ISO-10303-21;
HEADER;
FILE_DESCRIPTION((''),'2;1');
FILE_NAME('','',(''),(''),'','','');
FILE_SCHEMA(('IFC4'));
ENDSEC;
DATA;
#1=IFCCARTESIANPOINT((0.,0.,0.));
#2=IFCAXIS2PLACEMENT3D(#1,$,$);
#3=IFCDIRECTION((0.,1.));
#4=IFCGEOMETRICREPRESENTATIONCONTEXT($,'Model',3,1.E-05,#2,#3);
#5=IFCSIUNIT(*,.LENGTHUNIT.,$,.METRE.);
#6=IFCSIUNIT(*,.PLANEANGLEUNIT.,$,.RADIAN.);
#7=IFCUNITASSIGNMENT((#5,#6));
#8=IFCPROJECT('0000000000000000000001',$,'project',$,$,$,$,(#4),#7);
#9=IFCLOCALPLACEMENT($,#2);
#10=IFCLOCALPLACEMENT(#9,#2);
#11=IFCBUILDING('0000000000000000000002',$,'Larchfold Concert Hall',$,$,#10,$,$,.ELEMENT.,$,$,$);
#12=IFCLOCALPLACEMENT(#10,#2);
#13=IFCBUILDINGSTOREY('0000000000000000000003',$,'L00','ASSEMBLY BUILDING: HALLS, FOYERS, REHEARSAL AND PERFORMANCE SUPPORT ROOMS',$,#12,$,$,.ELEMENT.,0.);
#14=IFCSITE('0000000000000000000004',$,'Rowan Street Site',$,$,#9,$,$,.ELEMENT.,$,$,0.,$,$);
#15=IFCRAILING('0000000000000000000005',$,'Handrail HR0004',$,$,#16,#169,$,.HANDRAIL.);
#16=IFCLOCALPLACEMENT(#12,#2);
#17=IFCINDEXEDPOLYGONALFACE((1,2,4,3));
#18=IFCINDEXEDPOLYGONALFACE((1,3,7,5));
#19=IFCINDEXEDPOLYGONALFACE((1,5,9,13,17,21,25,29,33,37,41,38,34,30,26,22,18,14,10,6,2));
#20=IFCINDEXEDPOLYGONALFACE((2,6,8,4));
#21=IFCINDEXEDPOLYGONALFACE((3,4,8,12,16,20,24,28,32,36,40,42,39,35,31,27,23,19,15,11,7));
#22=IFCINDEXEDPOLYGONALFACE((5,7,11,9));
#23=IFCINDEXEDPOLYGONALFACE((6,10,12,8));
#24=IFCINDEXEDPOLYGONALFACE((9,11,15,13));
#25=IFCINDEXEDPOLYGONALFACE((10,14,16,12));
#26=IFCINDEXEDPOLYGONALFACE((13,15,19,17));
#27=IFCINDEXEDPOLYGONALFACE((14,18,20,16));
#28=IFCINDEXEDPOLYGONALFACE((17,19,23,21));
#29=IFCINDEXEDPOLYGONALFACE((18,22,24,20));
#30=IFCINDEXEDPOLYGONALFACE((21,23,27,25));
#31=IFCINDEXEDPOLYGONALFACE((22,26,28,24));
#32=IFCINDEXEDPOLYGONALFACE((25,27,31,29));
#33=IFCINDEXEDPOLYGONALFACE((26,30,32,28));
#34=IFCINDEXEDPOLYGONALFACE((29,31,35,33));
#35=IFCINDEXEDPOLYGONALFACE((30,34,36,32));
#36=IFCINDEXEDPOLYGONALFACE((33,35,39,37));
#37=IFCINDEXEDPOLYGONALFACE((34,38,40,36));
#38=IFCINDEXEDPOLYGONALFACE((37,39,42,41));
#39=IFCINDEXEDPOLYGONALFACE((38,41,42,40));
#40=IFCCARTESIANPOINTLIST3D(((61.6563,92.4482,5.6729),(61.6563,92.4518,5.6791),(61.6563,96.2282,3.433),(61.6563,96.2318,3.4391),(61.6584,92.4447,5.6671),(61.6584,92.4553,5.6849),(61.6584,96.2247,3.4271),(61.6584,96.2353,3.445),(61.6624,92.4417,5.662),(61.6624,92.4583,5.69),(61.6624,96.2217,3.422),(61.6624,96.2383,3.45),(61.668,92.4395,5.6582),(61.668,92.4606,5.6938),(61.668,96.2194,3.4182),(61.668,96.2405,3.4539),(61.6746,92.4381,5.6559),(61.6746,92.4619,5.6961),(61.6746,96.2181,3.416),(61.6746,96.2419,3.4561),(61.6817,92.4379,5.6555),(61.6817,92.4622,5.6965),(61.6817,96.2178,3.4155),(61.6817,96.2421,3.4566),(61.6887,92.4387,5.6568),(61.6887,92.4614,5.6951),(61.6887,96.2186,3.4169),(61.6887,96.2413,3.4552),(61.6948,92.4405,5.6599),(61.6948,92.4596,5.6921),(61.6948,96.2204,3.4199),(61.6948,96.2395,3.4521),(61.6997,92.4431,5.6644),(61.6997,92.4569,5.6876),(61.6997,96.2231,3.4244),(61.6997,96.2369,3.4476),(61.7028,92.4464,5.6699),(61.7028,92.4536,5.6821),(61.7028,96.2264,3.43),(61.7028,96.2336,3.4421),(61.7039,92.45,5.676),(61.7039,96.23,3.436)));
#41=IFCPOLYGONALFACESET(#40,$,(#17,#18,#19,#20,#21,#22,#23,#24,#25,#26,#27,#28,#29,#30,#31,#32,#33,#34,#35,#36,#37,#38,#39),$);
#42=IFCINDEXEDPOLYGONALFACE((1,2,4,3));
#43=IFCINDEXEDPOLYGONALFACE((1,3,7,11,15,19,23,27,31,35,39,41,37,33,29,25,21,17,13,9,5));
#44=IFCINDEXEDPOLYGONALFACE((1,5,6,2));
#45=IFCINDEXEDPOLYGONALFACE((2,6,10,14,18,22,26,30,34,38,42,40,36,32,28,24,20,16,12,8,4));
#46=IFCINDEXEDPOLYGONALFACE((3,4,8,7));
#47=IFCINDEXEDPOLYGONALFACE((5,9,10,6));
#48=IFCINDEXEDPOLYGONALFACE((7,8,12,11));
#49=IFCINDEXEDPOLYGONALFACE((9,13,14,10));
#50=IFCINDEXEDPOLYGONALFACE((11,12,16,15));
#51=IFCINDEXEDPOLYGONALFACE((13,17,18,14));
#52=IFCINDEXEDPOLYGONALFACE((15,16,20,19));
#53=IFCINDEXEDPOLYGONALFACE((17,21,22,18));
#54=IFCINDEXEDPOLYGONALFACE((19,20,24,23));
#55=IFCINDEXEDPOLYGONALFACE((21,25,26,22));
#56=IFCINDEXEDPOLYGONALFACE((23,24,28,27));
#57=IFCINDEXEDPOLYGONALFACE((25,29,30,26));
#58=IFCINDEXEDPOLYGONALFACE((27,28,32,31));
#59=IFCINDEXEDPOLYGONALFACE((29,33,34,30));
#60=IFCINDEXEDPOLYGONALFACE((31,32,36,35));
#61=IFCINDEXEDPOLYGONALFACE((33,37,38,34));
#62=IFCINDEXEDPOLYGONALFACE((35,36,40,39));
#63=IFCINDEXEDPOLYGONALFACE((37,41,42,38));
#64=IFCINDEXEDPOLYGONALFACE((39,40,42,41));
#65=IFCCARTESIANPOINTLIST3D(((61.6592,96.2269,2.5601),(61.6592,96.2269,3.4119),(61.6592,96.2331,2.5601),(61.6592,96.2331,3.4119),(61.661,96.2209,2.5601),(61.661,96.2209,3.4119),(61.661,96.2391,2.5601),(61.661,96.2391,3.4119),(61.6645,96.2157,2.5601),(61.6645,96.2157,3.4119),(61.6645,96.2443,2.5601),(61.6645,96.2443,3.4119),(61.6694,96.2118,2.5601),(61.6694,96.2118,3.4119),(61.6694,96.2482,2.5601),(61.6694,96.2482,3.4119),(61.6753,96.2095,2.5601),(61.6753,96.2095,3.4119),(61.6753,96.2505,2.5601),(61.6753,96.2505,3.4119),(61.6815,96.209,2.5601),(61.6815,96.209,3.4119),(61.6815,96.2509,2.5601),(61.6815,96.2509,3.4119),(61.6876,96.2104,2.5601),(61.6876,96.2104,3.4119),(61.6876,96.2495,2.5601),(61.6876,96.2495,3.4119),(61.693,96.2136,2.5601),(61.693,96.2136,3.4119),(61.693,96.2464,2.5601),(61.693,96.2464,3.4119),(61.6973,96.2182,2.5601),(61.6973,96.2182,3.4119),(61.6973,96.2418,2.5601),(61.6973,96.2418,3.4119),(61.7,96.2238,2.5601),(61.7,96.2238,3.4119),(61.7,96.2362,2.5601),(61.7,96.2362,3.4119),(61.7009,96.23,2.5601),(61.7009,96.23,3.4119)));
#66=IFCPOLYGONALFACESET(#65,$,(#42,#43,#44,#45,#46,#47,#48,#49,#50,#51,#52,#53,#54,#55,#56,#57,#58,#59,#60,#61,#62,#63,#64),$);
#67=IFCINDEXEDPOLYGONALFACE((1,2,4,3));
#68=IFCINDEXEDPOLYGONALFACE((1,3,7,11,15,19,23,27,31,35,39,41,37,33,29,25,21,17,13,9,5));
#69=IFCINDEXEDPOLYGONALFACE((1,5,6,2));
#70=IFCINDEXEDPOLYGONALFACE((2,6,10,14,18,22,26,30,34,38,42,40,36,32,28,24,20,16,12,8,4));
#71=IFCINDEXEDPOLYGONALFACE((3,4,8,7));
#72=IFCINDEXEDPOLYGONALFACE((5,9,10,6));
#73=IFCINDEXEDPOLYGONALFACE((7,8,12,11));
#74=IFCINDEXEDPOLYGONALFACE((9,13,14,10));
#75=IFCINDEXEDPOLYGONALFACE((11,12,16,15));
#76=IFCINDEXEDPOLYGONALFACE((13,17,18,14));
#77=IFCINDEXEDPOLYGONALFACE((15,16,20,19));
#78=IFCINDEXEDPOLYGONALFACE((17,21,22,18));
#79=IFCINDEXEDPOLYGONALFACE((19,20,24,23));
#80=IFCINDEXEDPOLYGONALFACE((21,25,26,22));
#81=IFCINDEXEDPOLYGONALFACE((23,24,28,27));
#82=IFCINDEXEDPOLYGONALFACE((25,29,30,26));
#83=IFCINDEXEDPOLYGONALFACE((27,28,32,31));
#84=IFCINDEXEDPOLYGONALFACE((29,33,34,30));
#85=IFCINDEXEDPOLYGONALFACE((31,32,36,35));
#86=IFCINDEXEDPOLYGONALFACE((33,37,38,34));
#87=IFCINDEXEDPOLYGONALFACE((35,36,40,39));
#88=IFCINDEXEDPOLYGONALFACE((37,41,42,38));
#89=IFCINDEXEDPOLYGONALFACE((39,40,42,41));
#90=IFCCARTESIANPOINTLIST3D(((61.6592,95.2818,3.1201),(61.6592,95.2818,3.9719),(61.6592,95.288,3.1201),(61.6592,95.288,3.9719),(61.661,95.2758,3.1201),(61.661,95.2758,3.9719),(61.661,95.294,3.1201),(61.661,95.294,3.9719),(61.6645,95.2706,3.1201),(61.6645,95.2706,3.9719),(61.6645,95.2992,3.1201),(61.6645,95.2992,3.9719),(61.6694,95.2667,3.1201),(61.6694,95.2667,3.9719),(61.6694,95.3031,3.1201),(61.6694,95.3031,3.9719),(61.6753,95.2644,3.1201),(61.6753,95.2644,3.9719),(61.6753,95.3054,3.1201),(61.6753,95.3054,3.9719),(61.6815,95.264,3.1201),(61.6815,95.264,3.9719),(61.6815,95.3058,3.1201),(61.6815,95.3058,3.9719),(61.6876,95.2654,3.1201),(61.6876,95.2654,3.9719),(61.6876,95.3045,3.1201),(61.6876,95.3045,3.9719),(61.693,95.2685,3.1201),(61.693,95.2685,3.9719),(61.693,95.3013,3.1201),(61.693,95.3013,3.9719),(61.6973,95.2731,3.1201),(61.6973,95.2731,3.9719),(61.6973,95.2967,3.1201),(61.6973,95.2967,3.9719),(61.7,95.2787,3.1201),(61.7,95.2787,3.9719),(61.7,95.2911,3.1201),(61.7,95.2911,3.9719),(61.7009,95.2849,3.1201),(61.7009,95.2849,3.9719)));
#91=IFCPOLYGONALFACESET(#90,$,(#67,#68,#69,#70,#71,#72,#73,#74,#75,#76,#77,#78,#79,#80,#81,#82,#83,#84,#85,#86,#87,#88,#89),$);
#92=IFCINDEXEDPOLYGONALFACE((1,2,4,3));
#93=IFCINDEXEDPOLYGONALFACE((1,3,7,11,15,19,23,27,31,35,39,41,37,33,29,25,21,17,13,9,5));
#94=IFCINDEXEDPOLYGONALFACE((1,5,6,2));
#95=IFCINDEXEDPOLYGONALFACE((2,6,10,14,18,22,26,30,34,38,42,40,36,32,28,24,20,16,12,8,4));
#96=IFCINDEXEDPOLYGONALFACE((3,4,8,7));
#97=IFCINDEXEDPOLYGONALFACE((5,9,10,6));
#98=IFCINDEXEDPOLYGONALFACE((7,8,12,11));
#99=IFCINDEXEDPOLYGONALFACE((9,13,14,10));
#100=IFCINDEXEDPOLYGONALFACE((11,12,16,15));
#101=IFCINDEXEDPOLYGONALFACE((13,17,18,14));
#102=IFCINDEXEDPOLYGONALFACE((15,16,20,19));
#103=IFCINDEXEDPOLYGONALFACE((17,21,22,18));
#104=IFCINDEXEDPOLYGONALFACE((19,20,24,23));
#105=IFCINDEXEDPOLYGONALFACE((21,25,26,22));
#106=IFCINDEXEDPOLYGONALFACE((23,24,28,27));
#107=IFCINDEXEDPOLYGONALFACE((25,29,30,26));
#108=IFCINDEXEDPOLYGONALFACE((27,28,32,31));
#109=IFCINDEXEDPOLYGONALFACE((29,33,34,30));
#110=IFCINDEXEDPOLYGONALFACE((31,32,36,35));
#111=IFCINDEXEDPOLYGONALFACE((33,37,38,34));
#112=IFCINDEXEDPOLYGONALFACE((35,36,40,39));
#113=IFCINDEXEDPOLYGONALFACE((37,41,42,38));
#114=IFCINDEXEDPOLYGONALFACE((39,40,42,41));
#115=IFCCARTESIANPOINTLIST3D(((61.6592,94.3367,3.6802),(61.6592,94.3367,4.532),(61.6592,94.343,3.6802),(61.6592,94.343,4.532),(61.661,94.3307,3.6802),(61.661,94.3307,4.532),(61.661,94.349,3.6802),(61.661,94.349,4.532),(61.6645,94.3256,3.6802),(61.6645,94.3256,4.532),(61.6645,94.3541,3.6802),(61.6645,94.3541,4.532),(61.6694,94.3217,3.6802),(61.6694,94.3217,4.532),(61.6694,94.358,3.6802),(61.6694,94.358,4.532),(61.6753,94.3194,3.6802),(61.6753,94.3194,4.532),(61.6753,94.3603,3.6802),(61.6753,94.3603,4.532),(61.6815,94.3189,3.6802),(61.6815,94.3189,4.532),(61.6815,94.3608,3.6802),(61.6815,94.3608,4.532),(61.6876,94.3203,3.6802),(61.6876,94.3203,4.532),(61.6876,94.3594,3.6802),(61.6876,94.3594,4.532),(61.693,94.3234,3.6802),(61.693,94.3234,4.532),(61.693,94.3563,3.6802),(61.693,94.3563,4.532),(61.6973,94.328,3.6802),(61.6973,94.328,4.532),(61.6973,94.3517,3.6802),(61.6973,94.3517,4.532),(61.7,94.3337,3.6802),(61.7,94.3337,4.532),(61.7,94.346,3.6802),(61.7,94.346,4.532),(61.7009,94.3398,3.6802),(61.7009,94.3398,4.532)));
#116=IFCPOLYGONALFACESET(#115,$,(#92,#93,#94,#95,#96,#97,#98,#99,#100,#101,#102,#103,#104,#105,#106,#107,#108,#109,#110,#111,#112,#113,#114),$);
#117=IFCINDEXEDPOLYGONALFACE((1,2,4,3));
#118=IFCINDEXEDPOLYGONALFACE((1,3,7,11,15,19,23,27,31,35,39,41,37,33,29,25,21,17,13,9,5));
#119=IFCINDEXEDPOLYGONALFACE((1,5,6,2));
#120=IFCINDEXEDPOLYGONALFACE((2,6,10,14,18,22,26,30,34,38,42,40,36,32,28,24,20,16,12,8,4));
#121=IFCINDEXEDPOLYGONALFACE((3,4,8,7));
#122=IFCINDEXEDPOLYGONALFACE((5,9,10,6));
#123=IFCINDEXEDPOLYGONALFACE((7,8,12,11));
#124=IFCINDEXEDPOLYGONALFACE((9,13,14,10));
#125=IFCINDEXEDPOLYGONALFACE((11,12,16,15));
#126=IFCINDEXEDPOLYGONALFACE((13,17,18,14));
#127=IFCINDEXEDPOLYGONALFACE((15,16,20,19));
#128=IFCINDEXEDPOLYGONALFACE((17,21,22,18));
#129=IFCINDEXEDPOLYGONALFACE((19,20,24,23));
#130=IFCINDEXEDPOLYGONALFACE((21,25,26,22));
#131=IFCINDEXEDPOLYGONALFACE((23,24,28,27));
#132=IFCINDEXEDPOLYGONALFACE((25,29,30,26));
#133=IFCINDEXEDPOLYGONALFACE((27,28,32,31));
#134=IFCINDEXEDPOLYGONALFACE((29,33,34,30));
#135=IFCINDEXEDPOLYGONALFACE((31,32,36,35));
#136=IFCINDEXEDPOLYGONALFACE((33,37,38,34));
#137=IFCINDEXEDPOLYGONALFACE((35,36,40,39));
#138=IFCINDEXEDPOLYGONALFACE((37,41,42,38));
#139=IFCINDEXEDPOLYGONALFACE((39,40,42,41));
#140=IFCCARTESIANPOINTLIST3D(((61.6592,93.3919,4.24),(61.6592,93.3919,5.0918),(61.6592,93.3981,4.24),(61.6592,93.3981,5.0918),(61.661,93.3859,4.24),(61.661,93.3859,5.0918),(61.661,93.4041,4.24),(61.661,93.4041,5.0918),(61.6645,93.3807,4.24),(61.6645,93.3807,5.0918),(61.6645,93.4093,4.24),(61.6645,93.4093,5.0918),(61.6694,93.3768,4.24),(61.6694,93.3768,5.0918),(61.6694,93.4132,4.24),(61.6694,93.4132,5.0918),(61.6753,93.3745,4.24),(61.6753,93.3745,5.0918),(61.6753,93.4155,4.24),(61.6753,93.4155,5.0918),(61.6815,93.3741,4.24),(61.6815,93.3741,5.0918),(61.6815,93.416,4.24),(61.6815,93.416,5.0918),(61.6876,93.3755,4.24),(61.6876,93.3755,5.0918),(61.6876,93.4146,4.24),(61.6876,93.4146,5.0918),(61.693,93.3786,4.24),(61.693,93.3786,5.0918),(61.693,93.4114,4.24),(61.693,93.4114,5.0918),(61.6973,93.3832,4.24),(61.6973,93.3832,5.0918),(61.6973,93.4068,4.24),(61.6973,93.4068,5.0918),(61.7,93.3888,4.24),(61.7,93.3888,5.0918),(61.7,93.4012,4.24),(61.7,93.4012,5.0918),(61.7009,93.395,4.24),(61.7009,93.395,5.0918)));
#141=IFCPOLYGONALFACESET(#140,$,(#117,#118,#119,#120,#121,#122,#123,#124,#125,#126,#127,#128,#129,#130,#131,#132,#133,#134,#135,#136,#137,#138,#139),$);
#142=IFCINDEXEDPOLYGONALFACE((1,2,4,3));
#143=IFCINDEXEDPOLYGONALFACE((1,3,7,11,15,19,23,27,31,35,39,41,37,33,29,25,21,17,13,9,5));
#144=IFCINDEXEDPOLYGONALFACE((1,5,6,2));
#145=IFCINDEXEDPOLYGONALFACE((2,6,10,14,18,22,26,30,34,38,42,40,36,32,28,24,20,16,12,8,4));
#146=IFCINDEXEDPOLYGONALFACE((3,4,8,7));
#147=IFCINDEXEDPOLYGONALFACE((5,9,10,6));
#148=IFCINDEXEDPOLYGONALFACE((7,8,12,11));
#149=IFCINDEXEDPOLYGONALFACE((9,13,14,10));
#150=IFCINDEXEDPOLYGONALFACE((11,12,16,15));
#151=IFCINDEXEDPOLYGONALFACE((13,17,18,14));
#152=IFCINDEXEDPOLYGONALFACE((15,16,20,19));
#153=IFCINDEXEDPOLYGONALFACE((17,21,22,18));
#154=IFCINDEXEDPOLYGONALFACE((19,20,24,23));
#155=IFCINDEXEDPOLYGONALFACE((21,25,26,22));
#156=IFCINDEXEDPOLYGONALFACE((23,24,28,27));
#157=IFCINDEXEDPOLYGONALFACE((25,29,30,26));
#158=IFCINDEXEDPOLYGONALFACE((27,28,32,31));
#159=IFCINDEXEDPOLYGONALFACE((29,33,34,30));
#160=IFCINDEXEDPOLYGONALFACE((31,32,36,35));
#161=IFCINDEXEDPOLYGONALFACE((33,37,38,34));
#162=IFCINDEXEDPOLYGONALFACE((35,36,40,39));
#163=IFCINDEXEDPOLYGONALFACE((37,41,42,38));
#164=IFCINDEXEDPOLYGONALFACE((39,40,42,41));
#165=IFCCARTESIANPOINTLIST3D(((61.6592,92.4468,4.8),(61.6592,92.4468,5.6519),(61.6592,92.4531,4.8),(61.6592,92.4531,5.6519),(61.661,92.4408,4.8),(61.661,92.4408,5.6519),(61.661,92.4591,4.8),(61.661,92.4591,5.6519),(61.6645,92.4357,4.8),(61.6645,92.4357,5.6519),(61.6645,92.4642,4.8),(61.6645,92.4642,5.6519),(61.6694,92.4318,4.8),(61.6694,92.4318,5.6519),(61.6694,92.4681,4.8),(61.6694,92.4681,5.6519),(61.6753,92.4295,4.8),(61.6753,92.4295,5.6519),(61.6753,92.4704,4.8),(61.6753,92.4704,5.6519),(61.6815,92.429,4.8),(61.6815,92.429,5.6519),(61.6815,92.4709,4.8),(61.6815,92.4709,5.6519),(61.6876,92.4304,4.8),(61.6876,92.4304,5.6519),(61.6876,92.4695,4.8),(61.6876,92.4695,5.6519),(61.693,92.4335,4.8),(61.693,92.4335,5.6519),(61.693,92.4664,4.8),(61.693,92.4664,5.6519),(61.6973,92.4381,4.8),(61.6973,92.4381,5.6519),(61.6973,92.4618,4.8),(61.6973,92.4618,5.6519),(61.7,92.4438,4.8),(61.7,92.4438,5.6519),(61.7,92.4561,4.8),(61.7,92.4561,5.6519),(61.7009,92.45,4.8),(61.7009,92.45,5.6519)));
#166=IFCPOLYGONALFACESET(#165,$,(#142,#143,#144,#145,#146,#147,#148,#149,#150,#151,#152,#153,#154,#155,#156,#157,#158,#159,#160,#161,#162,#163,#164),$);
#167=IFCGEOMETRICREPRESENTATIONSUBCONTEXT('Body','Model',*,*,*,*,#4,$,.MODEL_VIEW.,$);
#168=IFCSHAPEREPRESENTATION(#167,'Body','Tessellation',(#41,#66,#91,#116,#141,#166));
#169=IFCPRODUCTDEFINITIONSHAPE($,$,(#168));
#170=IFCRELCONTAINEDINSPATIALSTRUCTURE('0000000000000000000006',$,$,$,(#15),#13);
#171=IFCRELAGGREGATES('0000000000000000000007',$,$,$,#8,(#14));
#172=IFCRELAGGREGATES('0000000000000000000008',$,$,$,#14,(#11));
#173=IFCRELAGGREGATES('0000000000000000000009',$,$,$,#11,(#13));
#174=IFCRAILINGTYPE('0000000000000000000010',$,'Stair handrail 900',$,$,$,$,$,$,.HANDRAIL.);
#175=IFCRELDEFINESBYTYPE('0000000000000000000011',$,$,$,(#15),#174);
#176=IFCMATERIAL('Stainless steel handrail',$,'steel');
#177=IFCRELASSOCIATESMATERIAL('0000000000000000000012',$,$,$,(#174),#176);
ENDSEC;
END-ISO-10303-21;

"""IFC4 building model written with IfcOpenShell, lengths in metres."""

from ifc_helpers import new_model, si_unit, direction, frame, origin, origin_2d, place, context, subcontext, project, spatial, circle, extrude, material, type_object, element, save


model = new_model("IFC4")

# Units and contexts
model_context = context("Model", 3, precision=1e-05, world=origin(), true_north=direction((0.0, 1.0)))
body_context = subcontext(model_context, "Body", "Model", "MODEL_VIEW")
ifc_project = project(units=[si_unit("LENGTHUNIT", "METRE"), si_unit("PLANEANGLEUNIT", "RADIAN")], contexts=[model_context])

# Site, building, storey
site_placement = place(None, origin())
site = spatial("IfcSite", under=ifc_project, at=site_placement, Name="Rowan Street Site", CompositionType="ELEMENT", RefElevation=0.0)
building_placement = place(site_placement, origin())
building = spatial("IfcBuilding", under=site, at=building_placement, Name="Larchfold Concert Hall", CompositionType="ELEMENT")
storey_placement = place(building_placement, origin())
storey = spatial("IfcBuildingStorey", under=building, at=storey_placement, Name="L00", Description="ASSEMBLY BUILDING: HALLS, FOYERS, REHEARSAL AND PERFORMANCE SUPPORT ROOMS", CompositionType="ELEMENT", Elevation=0.0)

# Railing
ifc_material_1 = material(Name="Stainless steel handrail", Category="steel")
railing_type_1 = type_object("IfcRailingType", Name="Stair handrail 900", PredefinedType="HANDRAIL", material=ifc_material_1)
for number, where, name in (
    (1, (61.6799, 96.23, 2.5601), "Handrail HR0004"),
):
    element("IfcRailing", number, at=place(storey_placement, frame(where)), inside=storey, type_object=railing_type_1, Name=name, PredefinedType="HANDRAIL", context=body_context, shape_type="SweptSolid", body=[
        extrude(circle(Radius=0.0239, at=origin_2d()), frame((0.0, 0.0, 0.876), z_axis=(0.0, -0.860294, 0.509798), x_axis=(1.0, 0.0, 0.0)), (0.0, 0.0, 1.0), 4.3938),
        extrude(circle(Radius=0.021, at=origin_2d()), origin(), (0.0, 0.0, 1.0), 0.8518),
        extrude(circle(Radius=0.021, at=origin_2d()), frame((0.0, -0.9451, 0.5601)), (0.0, 0.0, 1.0), 0.8518),
        extrude(circle(Radius=0.021, at=origin_2d()), frame((0.0, -1.8901, 1.1201)), (0.0, 0.0, 1.0), 0.8518),
        extrude(circle(Radius=0.021, at=origin_2d()), frame((0.0, -2.835, 1.6799)), (0.0, 0.0, 1.0), 0.8518),
        extrude(circle(Radius=0.021, at=origin_2d()), frame((0.0, -3.78, 2.24)), (0.0, 0.0, 1.0), 0.8518),
    ])

save(model, "model.ifc")
